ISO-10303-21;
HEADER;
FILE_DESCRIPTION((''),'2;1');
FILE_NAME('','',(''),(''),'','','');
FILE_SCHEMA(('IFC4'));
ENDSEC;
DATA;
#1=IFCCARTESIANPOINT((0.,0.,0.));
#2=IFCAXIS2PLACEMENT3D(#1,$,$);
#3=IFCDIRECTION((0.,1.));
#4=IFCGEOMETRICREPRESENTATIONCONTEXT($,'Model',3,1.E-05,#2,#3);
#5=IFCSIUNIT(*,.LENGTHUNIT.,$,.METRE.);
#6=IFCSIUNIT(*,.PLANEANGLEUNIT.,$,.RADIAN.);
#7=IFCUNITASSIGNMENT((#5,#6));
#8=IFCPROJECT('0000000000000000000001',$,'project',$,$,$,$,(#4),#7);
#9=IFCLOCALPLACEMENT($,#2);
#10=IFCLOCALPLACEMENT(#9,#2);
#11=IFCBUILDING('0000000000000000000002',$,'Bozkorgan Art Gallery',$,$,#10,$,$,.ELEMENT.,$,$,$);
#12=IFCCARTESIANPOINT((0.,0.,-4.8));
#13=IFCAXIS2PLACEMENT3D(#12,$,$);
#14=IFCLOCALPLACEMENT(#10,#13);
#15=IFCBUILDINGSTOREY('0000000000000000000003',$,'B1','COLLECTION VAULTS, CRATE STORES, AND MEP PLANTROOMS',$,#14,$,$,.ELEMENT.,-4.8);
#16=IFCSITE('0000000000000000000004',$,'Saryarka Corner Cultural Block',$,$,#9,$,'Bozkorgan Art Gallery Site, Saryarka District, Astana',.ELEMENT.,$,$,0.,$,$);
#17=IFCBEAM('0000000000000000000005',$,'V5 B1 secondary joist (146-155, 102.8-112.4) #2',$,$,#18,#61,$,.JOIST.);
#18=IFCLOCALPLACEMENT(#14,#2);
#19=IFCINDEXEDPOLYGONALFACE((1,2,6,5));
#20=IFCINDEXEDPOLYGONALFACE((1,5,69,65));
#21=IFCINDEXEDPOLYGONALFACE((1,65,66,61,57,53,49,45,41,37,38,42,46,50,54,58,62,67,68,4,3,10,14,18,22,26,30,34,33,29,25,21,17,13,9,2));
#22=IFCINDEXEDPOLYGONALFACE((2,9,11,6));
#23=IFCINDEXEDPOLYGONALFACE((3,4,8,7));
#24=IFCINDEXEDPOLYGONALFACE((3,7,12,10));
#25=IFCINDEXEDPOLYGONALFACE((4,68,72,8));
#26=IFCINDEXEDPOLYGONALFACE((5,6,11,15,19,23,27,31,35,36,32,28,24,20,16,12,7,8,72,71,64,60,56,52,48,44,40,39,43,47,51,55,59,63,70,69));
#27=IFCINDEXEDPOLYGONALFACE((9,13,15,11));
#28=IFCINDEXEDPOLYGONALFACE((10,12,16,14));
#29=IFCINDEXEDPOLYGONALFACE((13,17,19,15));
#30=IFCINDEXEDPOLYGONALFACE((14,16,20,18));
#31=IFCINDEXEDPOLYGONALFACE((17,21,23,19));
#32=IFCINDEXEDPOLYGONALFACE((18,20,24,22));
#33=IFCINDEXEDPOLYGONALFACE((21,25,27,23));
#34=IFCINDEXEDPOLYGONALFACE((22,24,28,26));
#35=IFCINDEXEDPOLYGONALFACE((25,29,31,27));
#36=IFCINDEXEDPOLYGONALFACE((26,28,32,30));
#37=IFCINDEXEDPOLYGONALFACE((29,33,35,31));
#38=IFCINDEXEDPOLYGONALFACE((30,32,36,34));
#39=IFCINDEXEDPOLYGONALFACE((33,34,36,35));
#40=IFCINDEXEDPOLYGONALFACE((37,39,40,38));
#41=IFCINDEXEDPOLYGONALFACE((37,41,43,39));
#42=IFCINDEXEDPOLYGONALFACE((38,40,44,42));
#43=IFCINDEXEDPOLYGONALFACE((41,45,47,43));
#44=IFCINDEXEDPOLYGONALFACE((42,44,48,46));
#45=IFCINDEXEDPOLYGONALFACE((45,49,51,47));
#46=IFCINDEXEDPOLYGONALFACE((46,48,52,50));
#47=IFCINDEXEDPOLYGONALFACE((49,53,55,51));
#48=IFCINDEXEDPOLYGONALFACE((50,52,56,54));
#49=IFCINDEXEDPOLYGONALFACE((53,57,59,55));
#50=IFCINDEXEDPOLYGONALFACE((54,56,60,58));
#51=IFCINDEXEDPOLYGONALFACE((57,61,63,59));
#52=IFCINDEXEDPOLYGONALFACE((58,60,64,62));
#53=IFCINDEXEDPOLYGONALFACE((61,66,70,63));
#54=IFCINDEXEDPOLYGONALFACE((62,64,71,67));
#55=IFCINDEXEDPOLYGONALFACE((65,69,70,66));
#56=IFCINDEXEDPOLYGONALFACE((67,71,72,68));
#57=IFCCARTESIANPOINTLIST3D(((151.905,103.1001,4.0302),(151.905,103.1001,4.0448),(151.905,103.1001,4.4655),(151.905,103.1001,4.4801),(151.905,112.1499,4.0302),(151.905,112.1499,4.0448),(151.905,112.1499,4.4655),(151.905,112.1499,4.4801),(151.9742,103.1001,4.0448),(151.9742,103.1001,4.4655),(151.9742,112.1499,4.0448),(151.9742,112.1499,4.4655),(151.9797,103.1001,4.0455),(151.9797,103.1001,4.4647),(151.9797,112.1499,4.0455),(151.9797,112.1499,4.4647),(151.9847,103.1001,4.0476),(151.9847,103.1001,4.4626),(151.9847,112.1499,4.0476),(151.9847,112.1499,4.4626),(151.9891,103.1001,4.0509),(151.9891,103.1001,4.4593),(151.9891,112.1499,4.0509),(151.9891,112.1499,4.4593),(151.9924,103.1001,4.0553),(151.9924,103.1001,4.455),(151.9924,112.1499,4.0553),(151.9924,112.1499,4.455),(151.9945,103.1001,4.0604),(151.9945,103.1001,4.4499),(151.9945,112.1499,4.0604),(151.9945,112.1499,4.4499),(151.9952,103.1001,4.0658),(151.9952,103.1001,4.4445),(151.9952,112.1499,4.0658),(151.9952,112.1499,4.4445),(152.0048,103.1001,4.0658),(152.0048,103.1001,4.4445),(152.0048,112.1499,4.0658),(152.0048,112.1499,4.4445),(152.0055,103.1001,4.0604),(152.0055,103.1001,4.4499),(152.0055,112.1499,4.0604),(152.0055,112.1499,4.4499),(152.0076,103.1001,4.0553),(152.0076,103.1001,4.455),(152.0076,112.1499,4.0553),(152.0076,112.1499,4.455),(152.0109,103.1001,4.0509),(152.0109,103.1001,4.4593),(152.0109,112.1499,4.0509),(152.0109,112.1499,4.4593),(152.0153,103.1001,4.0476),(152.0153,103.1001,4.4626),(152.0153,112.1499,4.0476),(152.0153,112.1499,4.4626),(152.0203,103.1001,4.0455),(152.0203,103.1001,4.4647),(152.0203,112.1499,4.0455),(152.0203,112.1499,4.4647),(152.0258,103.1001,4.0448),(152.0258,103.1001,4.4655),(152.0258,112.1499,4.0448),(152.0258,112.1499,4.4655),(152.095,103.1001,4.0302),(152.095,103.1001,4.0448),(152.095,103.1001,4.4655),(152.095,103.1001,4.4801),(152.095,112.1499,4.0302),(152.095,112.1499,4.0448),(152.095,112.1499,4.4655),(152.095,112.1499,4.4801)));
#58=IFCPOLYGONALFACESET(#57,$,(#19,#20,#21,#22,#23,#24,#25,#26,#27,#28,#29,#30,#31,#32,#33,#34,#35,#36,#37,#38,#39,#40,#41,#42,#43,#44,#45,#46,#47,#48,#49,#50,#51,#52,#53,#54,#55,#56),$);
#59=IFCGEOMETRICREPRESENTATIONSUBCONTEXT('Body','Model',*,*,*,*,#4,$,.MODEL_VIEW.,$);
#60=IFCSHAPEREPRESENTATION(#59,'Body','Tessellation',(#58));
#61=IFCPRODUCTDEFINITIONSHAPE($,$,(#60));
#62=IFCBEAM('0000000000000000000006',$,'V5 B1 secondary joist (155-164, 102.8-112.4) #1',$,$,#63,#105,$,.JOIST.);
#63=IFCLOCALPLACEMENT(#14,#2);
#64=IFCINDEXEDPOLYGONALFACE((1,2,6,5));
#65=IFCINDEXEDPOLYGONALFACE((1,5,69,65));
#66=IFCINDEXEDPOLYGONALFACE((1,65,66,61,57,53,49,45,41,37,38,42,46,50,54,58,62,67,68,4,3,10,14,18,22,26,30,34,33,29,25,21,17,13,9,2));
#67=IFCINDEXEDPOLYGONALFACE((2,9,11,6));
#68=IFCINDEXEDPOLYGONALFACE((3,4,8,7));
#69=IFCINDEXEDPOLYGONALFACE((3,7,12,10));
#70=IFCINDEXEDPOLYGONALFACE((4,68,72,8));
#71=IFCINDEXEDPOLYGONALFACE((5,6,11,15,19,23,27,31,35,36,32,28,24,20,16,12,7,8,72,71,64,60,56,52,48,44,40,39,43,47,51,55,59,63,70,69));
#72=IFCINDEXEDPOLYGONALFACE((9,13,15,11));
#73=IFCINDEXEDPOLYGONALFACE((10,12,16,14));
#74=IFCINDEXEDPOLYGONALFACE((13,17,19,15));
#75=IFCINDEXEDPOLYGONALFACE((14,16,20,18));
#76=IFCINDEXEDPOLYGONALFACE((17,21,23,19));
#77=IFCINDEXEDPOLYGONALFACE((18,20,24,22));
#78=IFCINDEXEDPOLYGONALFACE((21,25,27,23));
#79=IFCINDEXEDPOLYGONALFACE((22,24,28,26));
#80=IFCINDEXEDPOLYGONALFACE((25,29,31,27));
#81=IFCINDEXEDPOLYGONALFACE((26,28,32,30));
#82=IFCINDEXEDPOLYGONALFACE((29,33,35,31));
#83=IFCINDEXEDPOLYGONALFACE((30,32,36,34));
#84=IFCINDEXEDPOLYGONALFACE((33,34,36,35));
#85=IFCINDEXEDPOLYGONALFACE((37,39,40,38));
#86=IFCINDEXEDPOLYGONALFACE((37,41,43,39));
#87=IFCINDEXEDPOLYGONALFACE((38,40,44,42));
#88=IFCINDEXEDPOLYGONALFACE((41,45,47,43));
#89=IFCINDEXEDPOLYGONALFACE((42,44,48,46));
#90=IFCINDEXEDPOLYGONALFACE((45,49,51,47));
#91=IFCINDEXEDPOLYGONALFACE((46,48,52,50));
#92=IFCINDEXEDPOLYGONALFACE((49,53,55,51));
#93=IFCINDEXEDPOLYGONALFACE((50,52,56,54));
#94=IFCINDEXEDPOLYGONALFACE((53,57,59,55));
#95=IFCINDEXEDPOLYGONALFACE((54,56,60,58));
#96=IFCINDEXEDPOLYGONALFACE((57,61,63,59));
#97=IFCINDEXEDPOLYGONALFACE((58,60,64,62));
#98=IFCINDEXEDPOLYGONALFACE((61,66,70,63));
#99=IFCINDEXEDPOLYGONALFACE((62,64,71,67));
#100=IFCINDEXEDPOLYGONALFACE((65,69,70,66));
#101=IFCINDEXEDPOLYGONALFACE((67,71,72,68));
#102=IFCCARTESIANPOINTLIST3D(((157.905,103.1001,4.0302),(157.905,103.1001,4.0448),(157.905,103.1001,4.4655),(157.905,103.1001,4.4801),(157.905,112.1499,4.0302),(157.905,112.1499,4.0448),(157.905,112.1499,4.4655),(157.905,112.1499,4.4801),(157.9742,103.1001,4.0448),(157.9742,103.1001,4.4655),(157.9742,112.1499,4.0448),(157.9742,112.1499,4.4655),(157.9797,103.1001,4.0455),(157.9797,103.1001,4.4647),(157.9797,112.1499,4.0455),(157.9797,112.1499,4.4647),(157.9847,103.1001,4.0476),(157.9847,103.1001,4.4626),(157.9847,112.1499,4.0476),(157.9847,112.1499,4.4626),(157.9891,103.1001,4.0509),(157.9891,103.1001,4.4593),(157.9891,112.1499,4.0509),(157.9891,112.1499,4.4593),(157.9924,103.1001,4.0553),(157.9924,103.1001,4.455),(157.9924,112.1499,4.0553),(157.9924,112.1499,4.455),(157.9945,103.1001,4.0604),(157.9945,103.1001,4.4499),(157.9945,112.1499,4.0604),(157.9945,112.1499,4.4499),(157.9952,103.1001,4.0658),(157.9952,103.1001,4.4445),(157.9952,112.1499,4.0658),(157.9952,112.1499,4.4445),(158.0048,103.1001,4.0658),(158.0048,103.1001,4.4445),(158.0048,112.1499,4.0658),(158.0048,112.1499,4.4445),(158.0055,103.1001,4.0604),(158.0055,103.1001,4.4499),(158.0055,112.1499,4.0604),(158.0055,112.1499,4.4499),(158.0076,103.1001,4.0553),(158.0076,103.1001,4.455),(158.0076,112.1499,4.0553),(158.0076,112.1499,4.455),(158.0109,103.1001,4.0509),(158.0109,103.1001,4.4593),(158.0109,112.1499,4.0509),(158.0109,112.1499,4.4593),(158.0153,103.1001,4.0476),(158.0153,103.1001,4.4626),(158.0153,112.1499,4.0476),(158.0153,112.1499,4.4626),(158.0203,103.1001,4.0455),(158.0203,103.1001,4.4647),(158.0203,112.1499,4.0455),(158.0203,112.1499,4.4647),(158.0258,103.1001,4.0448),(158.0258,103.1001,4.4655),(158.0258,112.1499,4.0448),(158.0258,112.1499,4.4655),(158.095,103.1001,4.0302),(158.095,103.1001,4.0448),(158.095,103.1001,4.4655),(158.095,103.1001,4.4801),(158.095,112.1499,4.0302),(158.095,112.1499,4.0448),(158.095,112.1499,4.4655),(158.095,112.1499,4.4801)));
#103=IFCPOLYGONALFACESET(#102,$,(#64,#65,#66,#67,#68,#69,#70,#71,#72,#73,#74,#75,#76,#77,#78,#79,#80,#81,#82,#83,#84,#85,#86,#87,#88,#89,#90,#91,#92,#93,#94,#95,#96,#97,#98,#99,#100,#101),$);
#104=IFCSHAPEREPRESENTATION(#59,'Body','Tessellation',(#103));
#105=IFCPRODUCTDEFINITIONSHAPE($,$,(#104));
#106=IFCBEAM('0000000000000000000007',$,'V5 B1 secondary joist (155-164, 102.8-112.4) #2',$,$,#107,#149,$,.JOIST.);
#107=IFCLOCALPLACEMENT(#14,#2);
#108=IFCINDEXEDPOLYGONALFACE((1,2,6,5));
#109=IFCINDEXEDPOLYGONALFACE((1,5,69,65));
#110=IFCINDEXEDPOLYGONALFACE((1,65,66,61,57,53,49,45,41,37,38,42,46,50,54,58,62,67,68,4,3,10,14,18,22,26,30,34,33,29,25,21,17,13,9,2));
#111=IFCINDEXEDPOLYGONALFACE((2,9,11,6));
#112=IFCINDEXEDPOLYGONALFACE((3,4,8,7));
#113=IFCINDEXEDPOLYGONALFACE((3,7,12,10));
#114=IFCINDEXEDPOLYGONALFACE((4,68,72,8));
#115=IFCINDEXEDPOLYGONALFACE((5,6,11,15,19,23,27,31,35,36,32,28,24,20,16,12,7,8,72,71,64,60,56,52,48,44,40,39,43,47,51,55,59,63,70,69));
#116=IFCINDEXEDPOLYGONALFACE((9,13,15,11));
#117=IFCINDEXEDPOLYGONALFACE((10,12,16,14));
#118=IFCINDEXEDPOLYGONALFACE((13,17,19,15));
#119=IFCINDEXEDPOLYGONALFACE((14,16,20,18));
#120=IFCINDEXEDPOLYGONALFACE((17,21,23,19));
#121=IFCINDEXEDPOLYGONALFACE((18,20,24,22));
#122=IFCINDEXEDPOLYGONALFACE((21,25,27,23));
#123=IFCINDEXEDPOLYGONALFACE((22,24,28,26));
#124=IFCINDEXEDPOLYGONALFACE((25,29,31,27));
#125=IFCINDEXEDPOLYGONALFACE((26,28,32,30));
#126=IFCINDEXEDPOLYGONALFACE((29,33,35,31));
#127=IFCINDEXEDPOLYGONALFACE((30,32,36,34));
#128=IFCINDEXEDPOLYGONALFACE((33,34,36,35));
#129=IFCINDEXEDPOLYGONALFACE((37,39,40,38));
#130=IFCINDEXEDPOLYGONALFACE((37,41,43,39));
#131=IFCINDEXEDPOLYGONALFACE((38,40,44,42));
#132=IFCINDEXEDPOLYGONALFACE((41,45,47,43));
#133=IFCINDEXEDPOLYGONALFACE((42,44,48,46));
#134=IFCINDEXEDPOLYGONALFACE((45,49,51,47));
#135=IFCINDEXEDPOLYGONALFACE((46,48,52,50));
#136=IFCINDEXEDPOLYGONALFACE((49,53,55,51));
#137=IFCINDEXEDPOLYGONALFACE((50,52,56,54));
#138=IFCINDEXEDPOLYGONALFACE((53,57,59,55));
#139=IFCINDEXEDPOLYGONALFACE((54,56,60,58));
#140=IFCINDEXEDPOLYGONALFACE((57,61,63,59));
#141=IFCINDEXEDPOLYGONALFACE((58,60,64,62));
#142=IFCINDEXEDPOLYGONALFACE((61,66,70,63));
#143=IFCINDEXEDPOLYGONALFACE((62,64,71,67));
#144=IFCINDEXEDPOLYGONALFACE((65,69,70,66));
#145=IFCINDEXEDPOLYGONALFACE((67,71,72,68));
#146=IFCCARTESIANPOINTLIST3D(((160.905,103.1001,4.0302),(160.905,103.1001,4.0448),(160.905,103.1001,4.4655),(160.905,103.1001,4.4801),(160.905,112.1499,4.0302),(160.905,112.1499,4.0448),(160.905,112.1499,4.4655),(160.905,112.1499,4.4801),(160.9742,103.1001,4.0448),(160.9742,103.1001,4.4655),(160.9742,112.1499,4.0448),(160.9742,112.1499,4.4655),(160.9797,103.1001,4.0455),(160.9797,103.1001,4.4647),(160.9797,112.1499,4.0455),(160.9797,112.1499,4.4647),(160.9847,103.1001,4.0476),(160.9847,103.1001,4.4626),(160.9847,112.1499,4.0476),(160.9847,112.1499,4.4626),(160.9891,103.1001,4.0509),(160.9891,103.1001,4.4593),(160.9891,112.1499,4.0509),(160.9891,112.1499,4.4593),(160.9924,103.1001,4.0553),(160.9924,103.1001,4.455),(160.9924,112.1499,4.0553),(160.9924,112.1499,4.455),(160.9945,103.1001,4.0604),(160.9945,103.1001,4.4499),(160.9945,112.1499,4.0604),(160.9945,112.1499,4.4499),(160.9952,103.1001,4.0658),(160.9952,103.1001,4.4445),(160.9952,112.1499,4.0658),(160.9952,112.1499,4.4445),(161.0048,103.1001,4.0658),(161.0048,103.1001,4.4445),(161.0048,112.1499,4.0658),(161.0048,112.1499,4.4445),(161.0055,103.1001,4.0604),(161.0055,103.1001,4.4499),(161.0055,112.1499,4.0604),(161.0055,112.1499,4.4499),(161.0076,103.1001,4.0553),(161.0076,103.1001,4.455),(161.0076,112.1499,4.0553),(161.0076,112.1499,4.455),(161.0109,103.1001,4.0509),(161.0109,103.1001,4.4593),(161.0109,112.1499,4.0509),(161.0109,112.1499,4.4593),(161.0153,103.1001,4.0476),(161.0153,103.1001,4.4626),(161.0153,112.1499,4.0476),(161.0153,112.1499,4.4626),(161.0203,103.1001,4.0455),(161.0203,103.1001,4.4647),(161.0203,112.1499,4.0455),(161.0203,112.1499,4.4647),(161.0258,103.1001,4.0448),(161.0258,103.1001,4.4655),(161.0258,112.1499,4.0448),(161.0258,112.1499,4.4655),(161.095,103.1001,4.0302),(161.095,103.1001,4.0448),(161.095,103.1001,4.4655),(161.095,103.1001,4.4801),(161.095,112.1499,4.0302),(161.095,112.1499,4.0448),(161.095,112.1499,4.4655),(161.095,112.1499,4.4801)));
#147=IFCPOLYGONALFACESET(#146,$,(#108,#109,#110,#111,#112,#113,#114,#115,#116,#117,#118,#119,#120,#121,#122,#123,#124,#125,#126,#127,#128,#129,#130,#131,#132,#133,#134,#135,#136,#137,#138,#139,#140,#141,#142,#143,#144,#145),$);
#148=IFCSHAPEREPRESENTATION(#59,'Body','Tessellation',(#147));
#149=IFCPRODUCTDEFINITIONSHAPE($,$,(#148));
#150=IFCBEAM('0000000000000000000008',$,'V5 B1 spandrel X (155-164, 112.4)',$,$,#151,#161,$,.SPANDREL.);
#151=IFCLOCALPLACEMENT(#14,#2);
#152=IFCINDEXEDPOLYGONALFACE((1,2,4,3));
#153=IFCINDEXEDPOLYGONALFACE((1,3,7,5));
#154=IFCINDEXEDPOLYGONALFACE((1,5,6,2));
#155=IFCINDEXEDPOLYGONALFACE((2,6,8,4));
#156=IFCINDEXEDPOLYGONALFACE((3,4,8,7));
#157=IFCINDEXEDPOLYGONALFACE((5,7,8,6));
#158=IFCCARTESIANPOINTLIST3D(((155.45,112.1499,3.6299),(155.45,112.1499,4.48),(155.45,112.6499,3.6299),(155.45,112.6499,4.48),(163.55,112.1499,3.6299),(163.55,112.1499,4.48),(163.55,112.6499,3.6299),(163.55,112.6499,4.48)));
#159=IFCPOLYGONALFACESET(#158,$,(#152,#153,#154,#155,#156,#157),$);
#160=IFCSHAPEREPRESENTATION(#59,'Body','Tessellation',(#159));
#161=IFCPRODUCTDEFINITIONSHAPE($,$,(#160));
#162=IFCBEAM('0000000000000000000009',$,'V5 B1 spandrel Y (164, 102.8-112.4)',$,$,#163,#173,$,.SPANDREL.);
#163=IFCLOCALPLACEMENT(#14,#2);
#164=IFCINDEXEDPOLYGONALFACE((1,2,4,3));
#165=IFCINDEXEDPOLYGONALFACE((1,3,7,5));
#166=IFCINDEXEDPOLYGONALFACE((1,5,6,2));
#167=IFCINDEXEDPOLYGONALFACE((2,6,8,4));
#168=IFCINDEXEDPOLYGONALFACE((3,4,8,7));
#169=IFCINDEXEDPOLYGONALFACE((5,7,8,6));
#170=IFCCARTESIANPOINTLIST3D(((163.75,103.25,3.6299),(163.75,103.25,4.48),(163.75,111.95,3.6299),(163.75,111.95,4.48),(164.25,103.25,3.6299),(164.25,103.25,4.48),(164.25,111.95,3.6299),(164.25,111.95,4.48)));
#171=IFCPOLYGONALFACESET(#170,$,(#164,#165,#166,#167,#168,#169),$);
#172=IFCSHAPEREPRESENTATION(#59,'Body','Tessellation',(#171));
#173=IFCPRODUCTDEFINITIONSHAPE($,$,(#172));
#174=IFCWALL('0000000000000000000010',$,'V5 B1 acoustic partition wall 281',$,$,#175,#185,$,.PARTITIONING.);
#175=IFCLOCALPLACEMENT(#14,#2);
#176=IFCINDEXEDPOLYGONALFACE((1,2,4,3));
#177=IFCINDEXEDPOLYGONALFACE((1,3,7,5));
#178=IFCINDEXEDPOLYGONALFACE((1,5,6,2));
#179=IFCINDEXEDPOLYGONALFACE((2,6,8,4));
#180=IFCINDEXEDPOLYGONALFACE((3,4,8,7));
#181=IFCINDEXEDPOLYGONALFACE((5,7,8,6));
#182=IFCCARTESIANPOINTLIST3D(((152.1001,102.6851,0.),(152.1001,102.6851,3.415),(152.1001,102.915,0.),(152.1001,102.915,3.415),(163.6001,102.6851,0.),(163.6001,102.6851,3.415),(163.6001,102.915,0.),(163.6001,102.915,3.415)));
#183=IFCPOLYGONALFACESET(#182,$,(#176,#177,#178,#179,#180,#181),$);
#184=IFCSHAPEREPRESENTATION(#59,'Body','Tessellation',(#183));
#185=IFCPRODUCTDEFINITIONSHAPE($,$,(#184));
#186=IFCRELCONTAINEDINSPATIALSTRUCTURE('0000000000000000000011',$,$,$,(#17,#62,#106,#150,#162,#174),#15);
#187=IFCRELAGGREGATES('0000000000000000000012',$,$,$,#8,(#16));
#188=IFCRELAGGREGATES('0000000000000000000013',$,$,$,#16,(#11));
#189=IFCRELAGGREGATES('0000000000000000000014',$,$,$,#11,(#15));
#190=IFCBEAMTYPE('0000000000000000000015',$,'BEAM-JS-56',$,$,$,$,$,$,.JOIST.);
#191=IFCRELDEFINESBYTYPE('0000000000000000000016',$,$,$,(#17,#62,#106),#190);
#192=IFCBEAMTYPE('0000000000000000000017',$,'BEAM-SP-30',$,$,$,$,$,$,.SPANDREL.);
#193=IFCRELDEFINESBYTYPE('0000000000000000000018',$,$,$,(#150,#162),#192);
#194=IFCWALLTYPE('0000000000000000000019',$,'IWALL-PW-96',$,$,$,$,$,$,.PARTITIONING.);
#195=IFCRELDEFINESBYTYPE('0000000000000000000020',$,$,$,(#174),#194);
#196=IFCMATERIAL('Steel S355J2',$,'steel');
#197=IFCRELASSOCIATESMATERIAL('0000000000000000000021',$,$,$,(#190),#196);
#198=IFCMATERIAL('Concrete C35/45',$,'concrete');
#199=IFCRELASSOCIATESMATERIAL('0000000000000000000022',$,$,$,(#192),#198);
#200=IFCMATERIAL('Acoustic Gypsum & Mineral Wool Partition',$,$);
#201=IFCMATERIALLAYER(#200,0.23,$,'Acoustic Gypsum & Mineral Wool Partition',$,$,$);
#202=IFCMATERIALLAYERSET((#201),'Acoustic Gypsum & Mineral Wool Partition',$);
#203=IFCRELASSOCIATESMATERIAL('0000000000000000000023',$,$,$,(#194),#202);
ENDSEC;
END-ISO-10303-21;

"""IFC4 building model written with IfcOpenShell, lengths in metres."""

from ifc_helpers import new_model, si_unit, direction, frame, frame_2d, origin, origin_2d, place, context, subcontext, project, spatial, rectangle, i_section, extrude, material, layer, layer_set, material_profile, profile_set, type_object, element, save


model = new_model("IFC4")

# Units and contexts
model_context = context("Model", 3, precision=1e-05, world=origin(), true_north=direction((0.0, 1.0)))
body_context = subcontext(model_context, "Body", "Model", "MODEL_VIEW")
ifc_project = project(units=[si_unit("LENGTHUNIT", "METRE"), si_unit("PLANEANGLEUNIT", "RADIAN")], contexts=[model_context])

# Site, building, storey
site_placement = place(None, origin())
site = spatial("IfcSite", under=ifc_project, at=site_placement, Name="Saryarka Corner Cultural Block", LongName="Bozkorgan Art Gallery Site, Saryarka District, Astana", CompositionType="ELEMENT", RefElevation=0.0)
building_placement = place(site_placement, origin())
building = spatial("IfcBuilding", under=site, at=building_placement, Name="Bozkorgan Art Gallery", CompositionType="ELEMENT")
storey_placement = place(building_placement, frame((0.0, 0.0, -4.8)))
storey = spatial("IfcBuildingStorey", under=building, at=storey_placement, Name="B1", Description="COLLECTION VAULTS, CRATE STORES, AND MEP PLANTROOMS", CompositionType="ELEMENT", Elevation=-4.8)

# Beams
ifc_material_1 = material(Name="Concrete C35/45", Category="concrete")
ifc_material_2 = material(Name="Steel S355J2", Category="steel")
ifc_material_profile_1 = material_profile(ifc_material_2, i_section(OverallWidth=0.1899, OverallDepth=0.45, WebThickness=0.0095, FlangeThickness=0.0146, FilletRadius=0.021, at=origin_2d()), Name="IPE 450")
ifc_profile_set_1 = profile_set([ifc_material_profile_1], Name="Steel S355J2")
beam_type_1 = type_object("IfcBeamType", Name="BEAM-JS-56", PredefinedType="JOIST", material=ifc_profile_set_1)
for number, where, z_axis, x_axis, name in (
    (1, (152.0, 103.1001, 4.2551), (0.0, 1.0, 0.0), (-1.0, 0.0, 0.0), "V5 B1 secondary joist (146-155, 102.8-112.4) #2"),
    (2, (158.0, 103.1001, 4.2551), (0.0, 1.0, 0.0), (-1.0, 0.0, 0.0), "V5 B1 secondary joist (155-164, 102.8-112.4) #1"),
    (3, (161.0, 103.1001, 4.2551), (0.0, 1.0, 0.0), (-1.0, 0.0, 0.0), "V5 B1 secondary joist (155-164, 102.8-112.4) #2"),
):
    element("IfcBeam", number, at=place(storey_placement, frame(where, z_axis=z_axis, x_axis=x_axis)), inside=storey, type_object=beam_type_1, Name=name, PredefinedType="JOIST", context=body_context, shape_type="SweptSolid", body=[
        extrude(i_section(OverallWidth=0.1899, OverallDepth=0.45, WebThickness=0.0095, FlangeThickness=0.0146, FilletRadius=0.021, at=origin_2d()), origin(), (0.0, 0.0, 1.0), 9.0498),
    ])
ifc_material_profile_2 = material_profile(ifc_material_1, rectangle(XDim=0.5, YDim=0.8501, at=origin_2d()), Name="RC 500x850")
ifc_profile_set_2 = profile_set([ifc_material_profile_2], Name="Concrete C35/45")
beam_type_2 = type_object("IfcBeamType", Name="BEAM-SP-30", PredefinedType="SPANDREL", material=ifc_profile_set_2)
beam_1_placement = place(storey_placement, frame((155.45, 112.3999, 4.0549), z_axis=(1.0, 0.0, 0.0), x_axis=(0.0, 1.0, 0.0)))
element("IfcBeam", 4, at=beam_1_placement, inside=storey, type_object=beam_type_2, Name="V5 B1 spandrel X (155-164, 112.4)", PredefinedType="SPANDREL", context=body_context, shape_type="SweptSolid", body=[
    extrude(rectangle(XDim=0.5, YDim=0.8501, at=origin_2d()), origin(), (0.0, 0.0, 1.0), 8.1001),
])
beam_2_placement = place(storey_placement, frame((164.0, 103.25, 4.0549), z_axis=(0.0, 1.0, 0.0), x_axis=(-1.0, 0.0, 0.0)))
element("IfcBeam", 5, at=beam_2_placement, inside=storey, type_object=beam_type_2, Name="V5 B1 spandrel Y (164, 102.8-112.4)", PredefinedType="SPANDREL", context=body_context, shape_type="SweptSolid", body=[
    extrude(rectangle(XDim=0.5, YDim=0.8501, at=origin_2d()), origin(), (0.0, 0.0, 1.0), 8.7),
])

# Wall
ifc_material_3 = material(Name="Acoustic Gypsum & Mineral Wool Partition")
ifc_layer = layer(ifc_material_3, 0.23, Name="Acoustic Gypsum & Mineral Wool Partition")
ifc_layer_set = layer_set([ifc_layer], Name="Acoustic Gypsum & Mineral Wool Partition")
wall_type = type_object("IfcWallType", Name="IWALL-PW-96", PredefinedType="PARTITIONING", material=ifc_layer_set)
wall_placement = place(storey_placement, frame((152.1001, 102.8, 0.0), z_axis=(0.0, 0.0, 1.0), x_axis=(1.0, 0.0, 0.0)))
element("IfcWall", 6, at=wall_placement, inside=storey, type_object=wall_type, Name="V5 B1 acoustic partition wall 281", PredefinedType="PARTITIONING", context=body_context, shape_type="SweptSolid", body=[
    extrude(rectangle(XDim=11.5, YDim=0.23, at=frame_2d((5.75, 0.0))), origin(), (0.0, 0.0, 1.0), 3.415),
])

save(model, "model.ifc")
